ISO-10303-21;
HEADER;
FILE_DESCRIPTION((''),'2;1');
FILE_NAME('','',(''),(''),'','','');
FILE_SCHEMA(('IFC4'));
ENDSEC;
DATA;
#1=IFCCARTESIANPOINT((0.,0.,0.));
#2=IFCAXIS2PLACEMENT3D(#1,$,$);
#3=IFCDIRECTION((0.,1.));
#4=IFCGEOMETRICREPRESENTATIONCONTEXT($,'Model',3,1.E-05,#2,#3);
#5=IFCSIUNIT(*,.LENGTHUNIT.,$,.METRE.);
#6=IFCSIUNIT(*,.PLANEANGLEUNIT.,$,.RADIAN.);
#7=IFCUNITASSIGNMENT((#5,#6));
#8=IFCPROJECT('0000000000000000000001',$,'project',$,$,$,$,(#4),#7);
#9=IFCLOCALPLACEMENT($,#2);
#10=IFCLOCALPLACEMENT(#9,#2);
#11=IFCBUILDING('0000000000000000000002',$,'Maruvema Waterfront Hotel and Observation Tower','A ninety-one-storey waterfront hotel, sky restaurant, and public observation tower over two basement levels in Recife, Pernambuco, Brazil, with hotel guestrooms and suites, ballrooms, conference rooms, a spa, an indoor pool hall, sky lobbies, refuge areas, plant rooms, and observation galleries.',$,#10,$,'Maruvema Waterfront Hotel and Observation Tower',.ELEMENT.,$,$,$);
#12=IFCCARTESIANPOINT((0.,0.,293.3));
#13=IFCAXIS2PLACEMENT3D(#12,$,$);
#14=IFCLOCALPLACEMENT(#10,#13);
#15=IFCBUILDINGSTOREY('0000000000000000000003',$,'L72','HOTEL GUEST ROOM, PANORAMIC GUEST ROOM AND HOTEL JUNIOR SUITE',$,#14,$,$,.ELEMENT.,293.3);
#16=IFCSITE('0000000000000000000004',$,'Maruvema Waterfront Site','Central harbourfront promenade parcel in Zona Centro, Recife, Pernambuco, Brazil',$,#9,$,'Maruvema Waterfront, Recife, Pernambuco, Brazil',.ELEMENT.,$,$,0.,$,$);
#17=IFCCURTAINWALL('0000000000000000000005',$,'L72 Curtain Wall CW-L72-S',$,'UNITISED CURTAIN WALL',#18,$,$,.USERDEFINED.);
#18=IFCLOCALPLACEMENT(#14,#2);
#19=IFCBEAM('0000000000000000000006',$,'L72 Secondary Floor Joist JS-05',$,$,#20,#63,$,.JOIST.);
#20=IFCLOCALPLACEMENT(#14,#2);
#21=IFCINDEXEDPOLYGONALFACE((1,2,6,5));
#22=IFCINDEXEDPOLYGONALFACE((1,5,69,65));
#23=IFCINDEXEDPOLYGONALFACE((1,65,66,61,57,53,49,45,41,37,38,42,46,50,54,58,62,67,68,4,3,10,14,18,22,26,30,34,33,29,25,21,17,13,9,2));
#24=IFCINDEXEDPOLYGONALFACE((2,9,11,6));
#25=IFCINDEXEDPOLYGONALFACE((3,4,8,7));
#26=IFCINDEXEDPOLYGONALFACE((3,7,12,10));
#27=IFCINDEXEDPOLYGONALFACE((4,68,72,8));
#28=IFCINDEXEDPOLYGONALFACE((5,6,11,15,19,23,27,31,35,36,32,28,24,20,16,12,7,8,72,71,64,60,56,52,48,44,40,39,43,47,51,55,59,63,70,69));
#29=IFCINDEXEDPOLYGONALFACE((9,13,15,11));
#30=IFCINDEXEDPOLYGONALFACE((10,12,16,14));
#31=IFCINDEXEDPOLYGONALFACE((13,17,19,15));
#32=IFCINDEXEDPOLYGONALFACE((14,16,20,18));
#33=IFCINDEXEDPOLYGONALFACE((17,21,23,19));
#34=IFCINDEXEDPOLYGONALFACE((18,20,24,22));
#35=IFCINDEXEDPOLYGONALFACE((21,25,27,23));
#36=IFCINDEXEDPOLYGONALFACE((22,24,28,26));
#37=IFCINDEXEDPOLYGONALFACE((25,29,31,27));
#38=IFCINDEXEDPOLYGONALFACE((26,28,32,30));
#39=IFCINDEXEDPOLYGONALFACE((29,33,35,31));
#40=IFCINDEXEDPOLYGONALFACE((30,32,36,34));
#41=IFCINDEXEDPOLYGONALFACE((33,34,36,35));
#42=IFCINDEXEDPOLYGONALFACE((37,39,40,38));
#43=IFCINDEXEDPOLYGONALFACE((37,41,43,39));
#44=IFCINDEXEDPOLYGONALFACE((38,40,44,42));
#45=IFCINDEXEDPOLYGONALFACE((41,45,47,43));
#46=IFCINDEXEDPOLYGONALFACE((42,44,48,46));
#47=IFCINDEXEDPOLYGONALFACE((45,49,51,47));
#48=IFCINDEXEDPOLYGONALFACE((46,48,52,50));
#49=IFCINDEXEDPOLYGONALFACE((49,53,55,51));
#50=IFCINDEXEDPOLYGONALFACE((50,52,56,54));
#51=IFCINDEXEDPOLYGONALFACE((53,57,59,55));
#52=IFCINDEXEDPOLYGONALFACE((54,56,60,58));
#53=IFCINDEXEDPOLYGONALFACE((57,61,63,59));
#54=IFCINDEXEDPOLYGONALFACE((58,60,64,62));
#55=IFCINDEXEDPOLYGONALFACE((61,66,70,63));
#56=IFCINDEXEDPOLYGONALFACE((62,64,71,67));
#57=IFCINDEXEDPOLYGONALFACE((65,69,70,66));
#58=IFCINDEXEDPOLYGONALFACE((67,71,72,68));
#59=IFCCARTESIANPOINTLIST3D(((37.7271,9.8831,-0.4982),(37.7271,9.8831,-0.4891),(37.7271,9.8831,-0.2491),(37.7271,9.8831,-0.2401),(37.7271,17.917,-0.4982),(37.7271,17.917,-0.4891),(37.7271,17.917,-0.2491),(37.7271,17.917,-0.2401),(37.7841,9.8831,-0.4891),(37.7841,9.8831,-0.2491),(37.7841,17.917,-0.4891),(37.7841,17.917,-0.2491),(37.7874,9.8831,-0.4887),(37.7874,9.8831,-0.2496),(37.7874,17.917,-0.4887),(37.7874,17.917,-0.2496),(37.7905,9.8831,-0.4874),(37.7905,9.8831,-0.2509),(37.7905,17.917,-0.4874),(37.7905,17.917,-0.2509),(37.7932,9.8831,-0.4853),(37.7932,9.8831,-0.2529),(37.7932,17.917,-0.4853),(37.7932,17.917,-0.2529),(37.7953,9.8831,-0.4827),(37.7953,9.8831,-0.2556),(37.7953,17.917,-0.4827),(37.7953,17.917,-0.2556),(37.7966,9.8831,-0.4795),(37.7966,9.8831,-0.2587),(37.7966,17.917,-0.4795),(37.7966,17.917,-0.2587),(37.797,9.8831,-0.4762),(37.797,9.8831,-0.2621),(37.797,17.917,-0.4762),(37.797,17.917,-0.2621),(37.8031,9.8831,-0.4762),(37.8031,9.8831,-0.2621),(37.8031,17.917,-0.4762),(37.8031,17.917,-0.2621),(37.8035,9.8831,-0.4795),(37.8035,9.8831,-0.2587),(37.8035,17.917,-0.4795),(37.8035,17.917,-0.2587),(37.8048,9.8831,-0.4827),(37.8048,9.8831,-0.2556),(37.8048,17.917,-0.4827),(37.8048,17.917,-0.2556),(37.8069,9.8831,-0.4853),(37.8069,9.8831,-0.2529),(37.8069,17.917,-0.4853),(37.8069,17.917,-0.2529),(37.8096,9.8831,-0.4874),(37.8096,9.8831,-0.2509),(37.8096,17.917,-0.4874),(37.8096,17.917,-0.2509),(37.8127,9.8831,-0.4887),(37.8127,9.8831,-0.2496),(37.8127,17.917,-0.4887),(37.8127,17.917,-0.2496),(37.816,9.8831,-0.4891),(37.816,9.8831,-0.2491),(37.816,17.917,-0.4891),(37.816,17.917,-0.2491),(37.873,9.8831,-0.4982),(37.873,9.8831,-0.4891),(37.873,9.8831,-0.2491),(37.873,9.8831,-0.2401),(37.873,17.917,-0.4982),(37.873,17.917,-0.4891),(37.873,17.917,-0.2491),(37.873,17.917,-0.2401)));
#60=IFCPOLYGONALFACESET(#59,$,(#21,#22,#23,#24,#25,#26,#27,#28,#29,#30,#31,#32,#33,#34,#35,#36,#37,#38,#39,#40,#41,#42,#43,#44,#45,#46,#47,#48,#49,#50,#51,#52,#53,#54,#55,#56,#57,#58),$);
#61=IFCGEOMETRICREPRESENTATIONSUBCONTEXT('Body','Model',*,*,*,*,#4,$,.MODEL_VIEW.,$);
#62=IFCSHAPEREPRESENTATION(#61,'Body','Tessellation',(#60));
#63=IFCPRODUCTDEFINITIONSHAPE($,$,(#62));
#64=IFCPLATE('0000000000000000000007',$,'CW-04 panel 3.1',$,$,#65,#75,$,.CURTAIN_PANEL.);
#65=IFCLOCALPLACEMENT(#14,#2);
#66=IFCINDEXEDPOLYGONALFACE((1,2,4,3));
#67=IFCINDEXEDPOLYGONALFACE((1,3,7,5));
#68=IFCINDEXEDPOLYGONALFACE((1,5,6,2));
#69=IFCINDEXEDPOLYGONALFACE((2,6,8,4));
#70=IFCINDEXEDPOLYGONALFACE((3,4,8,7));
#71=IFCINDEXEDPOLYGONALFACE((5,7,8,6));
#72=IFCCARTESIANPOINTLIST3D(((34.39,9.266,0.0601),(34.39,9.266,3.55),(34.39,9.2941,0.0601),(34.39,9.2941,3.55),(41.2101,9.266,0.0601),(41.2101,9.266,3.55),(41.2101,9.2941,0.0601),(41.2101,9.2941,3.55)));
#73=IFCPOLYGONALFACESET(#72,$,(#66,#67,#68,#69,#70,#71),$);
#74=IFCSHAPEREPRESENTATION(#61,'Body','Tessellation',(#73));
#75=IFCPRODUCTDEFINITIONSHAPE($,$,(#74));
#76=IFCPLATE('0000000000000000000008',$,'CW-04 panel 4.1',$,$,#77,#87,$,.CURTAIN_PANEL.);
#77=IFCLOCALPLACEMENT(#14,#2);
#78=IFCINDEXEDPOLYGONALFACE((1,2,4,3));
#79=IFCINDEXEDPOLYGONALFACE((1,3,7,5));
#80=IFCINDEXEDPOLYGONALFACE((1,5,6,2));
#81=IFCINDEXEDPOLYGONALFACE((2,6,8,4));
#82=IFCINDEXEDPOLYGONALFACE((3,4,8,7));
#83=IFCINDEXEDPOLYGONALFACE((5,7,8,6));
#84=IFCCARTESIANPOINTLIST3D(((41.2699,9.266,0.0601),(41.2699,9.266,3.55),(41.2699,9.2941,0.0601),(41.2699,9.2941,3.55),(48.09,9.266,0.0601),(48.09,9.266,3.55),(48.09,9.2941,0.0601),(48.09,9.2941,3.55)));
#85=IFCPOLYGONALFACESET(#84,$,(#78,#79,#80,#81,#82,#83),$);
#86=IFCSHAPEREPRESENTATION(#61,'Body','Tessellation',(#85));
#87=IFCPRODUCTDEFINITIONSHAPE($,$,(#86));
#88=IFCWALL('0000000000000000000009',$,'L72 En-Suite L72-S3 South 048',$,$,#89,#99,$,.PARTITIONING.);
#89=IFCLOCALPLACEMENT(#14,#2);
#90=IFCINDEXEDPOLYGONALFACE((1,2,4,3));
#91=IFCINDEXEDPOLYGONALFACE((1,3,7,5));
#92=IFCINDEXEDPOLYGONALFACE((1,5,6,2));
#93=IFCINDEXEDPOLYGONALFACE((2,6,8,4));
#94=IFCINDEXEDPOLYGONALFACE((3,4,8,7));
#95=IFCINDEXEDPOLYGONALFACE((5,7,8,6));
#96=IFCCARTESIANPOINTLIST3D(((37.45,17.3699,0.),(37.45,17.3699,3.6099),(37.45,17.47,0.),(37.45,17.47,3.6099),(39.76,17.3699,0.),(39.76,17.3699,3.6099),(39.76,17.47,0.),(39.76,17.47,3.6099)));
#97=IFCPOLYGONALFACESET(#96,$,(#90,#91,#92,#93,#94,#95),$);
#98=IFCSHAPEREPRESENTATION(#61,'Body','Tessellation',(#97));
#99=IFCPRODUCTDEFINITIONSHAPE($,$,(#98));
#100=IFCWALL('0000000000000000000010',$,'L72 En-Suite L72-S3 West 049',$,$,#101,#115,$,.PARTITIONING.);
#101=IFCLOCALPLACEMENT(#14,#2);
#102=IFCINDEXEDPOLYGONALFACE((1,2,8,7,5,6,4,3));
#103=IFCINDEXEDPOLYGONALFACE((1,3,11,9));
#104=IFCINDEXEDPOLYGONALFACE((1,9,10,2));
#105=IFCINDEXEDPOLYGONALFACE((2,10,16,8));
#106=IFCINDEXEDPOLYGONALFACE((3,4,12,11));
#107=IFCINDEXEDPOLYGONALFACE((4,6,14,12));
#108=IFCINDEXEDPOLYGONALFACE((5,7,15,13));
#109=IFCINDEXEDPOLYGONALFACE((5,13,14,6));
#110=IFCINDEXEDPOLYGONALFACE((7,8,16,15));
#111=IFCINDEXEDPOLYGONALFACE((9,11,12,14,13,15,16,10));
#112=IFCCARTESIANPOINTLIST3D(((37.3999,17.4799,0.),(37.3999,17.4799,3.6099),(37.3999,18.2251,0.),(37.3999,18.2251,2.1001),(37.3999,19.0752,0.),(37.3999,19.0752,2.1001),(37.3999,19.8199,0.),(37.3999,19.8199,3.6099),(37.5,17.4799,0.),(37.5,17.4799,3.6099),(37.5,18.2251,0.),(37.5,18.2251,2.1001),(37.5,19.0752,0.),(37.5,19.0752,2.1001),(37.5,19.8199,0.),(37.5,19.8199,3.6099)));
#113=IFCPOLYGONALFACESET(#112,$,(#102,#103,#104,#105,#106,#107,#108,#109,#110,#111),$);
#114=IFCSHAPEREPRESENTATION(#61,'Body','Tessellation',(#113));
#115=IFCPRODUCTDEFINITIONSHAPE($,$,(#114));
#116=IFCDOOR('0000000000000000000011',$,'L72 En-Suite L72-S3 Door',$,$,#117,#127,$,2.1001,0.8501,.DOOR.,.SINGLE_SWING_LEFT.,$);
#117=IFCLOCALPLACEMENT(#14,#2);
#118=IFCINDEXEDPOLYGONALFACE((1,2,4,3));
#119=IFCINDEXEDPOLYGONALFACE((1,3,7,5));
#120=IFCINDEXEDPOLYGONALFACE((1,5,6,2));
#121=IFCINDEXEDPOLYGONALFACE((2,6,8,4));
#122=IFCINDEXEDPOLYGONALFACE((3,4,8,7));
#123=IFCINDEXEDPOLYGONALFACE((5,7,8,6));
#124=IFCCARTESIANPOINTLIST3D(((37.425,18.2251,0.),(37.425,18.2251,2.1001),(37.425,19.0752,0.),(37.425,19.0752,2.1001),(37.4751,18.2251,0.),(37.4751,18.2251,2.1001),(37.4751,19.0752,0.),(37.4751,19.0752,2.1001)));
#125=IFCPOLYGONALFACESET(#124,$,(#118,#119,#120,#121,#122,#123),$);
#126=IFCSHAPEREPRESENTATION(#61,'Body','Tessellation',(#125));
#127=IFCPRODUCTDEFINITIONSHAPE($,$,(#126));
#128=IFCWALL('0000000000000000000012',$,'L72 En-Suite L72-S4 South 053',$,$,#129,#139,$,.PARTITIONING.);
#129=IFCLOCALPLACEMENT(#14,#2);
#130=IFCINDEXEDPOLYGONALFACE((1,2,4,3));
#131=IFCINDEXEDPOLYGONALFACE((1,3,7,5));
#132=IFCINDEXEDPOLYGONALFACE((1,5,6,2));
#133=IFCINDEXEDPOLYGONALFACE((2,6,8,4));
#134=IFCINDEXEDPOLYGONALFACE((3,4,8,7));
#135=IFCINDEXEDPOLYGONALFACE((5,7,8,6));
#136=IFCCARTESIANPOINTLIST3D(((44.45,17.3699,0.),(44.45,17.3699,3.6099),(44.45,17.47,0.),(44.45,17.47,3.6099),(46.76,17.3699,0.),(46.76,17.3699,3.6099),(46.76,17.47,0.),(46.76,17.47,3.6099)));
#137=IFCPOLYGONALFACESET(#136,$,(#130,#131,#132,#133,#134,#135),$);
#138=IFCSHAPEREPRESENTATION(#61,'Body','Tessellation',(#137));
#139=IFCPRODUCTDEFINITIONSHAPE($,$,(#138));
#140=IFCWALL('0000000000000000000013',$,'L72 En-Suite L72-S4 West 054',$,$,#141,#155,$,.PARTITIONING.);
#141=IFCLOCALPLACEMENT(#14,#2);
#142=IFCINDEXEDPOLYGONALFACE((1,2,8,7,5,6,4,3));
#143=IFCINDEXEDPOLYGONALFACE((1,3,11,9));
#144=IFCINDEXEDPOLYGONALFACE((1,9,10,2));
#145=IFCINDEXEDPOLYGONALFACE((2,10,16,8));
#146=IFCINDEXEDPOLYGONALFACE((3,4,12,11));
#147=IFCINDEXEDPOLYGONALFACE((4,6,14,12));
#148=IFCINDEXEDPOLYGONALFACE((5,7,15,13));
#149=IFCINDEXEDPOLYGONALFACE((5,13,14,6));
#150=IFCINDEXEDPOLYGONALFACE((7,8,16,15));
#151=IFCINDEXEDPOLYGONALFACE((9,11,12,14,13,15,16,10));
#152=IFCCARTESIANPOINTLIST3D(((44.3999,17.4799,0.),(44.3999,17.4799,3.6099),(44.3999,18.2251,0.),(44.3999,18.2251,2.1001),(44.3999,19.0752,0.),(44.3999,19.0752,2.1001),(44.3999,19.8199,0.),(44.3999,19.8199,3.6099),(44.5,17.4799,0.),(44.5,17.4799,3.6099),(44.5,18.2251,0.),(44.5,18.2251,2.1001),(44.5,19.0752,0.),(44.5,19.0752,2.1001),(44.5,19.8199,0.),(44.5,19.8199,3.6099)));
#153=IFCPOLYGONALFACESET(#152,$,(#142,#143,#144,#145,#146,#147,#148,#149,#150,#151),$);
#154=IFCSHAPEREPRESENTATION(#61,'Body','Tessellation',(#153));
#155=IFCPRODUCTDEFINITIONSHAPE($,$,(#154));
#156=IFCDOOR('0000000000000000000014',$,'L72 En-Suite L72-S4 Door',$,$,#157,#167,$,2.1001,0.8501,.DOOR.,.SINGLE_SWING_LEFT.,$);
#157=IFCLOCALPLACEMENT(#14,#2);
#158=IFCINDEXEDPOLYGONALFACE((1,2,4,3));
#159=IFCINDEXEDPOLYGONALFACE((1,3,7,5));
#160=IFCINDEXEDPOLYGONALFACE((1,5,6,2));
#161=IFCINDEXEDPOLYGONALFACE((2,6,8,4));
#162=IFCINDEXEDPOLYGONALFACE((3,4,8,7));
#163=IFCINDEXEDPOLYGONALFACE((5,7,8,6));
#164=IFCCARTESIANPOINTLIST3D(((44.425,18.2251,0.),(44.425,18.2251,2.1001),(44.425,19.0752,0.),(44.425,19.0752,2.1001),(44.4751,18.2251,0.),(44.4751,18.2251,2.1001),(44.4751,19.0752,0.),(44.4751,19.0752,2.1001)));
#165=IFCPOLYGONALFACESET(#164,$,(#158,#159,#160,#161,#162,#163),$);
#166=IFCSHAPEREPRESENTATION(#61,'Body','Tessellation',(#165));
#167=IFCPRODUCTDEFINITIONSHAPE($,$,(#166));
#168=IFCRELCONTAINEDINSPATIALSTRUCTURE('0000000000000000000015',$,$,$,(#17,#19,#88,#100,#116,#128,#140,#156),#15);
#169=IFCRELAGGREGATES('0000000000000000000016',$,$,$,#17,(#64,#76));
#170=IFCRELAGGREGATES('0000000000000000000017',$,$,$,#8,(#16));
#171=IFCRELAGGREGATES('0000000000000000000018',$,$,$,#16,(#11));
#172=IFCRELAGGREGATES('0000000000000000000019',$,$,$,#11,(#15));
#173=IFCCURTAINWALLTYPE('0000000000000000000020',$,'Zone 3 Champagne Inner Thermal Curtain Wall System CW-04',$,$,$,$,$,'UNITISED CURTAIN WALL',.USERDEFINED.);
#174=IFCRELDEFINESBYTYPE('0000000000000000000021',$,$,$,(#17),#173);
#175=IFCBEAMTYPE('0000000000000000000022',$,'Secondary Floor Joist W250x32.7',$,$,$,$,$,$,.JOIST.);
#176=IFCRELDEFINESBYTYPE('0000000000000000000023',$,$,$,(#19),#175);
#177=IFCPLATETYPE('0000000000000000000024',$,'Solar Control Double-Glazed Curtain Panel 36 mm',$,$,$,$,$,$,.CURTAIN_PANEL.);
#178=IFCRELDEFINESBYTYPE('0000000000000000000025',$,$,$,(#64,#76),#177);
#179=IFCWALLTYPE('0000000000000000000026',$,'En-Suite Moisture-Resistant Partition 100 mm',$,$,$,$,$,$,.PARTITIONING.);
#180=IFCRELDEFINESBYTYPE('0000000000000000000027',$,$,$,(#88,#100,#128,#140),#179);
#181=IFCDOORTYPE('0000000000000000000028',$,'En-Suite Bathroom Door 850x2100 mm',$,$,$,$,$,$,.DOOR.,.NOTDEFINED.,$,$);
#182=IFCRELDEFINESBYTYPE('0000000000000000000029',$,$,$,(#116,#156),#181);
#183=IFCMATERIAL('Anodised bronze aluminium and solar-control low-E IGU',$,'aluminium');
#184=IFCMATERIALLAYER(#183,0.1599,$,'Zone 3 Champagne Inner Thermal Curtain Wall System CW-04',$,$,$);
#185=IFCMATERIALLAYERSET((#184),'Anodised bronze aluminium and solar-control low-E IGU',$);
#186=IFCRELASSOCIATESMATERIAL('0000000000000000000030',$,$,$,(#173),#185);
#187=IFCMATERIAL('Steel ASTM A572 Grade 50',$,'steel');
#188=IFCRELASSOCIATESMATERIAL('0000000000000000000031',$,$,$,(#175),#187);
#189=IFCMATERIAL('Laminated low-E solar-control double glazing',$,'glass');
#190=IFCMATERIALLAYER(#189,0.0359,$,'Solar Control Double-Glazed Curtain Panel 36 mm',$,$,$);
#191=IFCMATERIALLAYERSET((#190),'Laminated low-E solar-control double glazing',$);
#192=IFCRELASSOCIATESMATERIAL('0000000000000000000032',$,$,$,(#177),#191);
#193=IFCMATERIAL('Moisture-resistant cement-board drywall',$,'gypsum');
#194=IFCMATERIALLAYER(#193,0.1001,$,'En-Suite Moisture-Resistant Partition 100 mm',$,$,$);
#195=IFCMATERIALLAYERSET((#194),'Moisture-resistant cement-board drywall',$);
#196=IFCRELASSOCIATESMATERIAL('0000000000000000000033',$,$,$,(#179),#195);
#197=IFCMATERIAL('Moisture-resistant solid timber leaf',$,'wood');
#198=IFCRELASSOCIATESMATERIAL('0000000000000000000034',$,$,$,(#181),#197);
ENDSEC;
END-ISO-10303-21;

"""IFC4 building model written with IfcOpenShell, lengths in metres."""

from ifc_helpers import new_model, si_unit, direction, frame, frame_2d, origin, origin_2d, place, context, subcontext, project, spatial, rectangle, i_section, extrude, material, layer, layer_set, material_profile, profile_set, type_object, element, fill, aggregate, save


model = new_model("IFC4")

# Units and contexts
model_context = context("Model", 3, precision=1e-05, world=origin(), true_north=direction((0.0, 1.0)))
body_context = subcontext(model_context, "Body", "Model", "MODEL_VIEW")
ifc_project = project(units=[si_unit("LENGTHUNIT", "METRE"), si_unit("PLANEANGLEUNIT", "RADIAN")], contexts=[model_context])

# Site, building, storey
site_placement = place(None, origin())
site = spatial("IfcSite", under=ifc_project, at=site_placement, Name="Maruvema Waterfront Site", Description="Central harbourfront promenade parcel in Zona Centro, Recife, Pernambuco, Brazil", LongName="Maruvema Waterfront, Recife, Pernambuco, Brazil", CompositionType="ELEMENT", RefElevation=0.0)
building_placement = place(site_placement, origin())
building = spatial("IfcBuilding", under=site, at=building_placement, Name="Maruvema Waterfront Hotel and Observation Tower", Description="A ninety-one-storey waterfront hotel, sky restaurant, and public observation tower over two basement levels in Recife, Pernambuco, Brazil, with hotel guestrooms and suites, ballrooms, conference rooms, a spa, an indoor pool hall, sky lobbies, refuge areas, plant rooms, and observation galleries.", LongName="Maruvema Waterfront Hotel and Observation Tower", CompositionType="ELEMENT")
storey_placement = place(building_placement, frame((0.0, 0.0, 293.3)))
storey = spatial("IfcBuildingStorey", under=building, at=storey_placement, Name="L72", Description="HOTEL GUEST ROOM, PANORAMIC GUEST ROOM AND HOTEL JUNIOR SUITE", CompositionType="ELEMENT", Elevation=293.3)

# Curtain wall
ifc_material_1 = material(Name="Anodised bronze aluminium and solar-control low-E IGU", Category="aluminium")
ifc_layer_1 = layer(ifc_material_1, 0.1599, Name="Zone 3 Champagne Inner Thermal Curtain Wall System CW-04")
ifc_layer_set_1 = layer_set([ifc_layer_1], Name="Anodised bronze aluminium and solar-control low-E IGU")
curtain_wall_type = type_object("IfcCurtainWallType", Name="Zone 3 Champagne Inner Thermal Curtain Wall System CW-04", ElementType="UNITISED CURTAIN WALL", PredefinedType="USERDEFINED", material=ifc_layer_set_1)
curtain_wall_placement = place(storey_placement, origin())
curtain_wall = element("IfcCurtainWall", 1, at=curtain_wall_placement, inside=storey, type_object=curtain_wall_type, Name="L72 Curtain Wall CW-L72-S", ObjectType="UNITISED CURTAIN WALL", PredefinedType="USERDEFINED")

# Beam
ifc_material_2 = material(Name="Steel ASTM A572 Grade 50", Category="steel")
ifc_material_profile_1 = material_profile(ifc_material_2, i_section(OverallWidth=0.146, OverallDepth=0.2581, WebThickness=0.0061, FlangeThickness=0.009, FilletRadius=0.0129, at=origin_2d()), Name="W250x32.7")
ifc_profile_set_1 = profile_set([ifc_material_profile_1], Name="Steel ASTM A572 Grade 50")
beam_type_1 = type_object("IfcBeamType", Name="Secondary Floor Joist W250x32.7", PredefinedType="JOIST", material=ifc_profile_set_1)
beam_1_placement = place(storey_placement, frame((37.8, 9.8831, -0.3691), z_axis=(0.0, 1.0, 0.0), x_axis=(-1.0, 0.0, 0.0)))
element("IfcBeam", 2, at=beam_1_placement, inside=storey, type_object=beam_type_1, Name="L72 Secondary Floor Joist JS-05", PredefinedType="JOIST", context=body_context, shape_type="SweptSolid", body=[
    extrude(i_section(OverallWidth=0.146, OverallDepth=0.2581, WebThickness=0.0061, FlangeThickness=0.009, FilletRadius=0.0129, at=origin_2d()), origin(), (0.0, 0.0, 1.0), 8.0339),
])

# Plates
ifc_material_3 = material(Name="Laminated low-E solar-control double glazing", Category="glass")
ifc_layer_2 = layer(ifc_material_3, 0.0359, Name="Solar Control Double-Glazed Curtain Panel 36 mm")
ifc_layer_set_2 = layer_set([ifc_layer_2], Name="Laminated low-E solar-control double glazing")
plate_type = type_object("IfcPlateType", Name="Solar Control Double-Glazed Curtain Panel 36 mm", PredefinedType="CURTAIN_PANEL", material=ifc_layer_set_2)
plate_1_placement = place(storey_placement, frame((37.8, 9.28, 0.0601), z_axis=(0.0, 0.0, 1.0), x_axis=(1.0, 0.0, 0.0)))
plate_1 = element("IfcPlate", 3, at=plate_1_placement, type_object=plate_type, Name="CW-04 panel 3.1", PredefinedType="CURTAIN_PANEL", context=body_context, shape_type="SweptSolid", body=[
    extrude(rectangle(XDim=6.8201, YDim=0.0281, at=origin_2d()), origin(), (0.0, 0.0, 1.0), 3.49),
])
plate_2_placement = place(storey_placement, frame((44.6799, 9.28, 0.0601), z_axis=(0.0, 0.0, 1.0), x_axis=(1.0, 0.0, 0.0)))
plate_2 = element("IfcPlate", 4, at=plate_2_placement, type_object=plate_type, Name="CW-04 panel 4.1", PredefinedType="CURTAIN_PANEL", context=body_context, shape_type="SweptSolid", body=[
    extrude(rectangle(XDim=6.8201, YDim=0.0281, at=origin_2d()), origin(), (0.0, 0.0, 1.0), 3.49),
])
aggregate(curtain_wall, [plate_1, plate_2])

# Wall
ifc_material_4 = material(Name="Moisture-resistant cement-board drywall", Category="gypsum")
ifc_layer_3 = layer(ifc_material_4, 0.1001, Name="En-Suite Moisture-Resistant Partition 100 mm")
ifc_layer_set_3 = layer_set([ifc_layer_3], Name="Moisture-resistant cement-board drywall")
wall_type_1 = type_object("IfcWallType", Name="En-Suite Moisture-Resistant Partition 100 mm", PredefinedType="PARTITIONING", material=ifc_layer_set_3)
wall_1_placement = place(storey_placement, frame((37.45, 17.4199, 0.0), z_axis=(0.0, 0.0, 1.0), x_axis=(1.0, 0.0, 0.0)))
element("IfcWall", 5, at=wall_1_placement, inside=storey, type_object=wall_type_1, Name="L72 En-Suite L72-S3 South 048", PredefinedType="PARTITIONING", context=body_context, shape_type="SweptSolid", body=[
    extrude(rectangle(XDim=2.3101, YDim=0.1001, at=frame_2d((1.155, 0.0))), origin(), (0.0, 0.0, 1.0), 3.6099),
])

# Wall, opening, door
wall_2_placement = place(storey_placement, frame((37.45, 17.48, 0.0), z_axis=(0.0, 0.0, 1.0), x_axis=(0.0, 1.0, 0.0)))
wall_2 = element("IfcWall", 6, at=wall_2_placement, inside=storey, type_object=wall_type_1, Name="L72 En-Suite L72-S3 West 049", PredefinedType="PARTITIONING", context=body_context, shape_type="SweptSolid", body=[
    extrude(rectangle(XDim=2.3401, YDim=0.1001, at=frame_2d((1.1699, 0.0))), origin(), (0.0, 0.0, 1.0), 3.6099),
])
opening_1_placement = place(wall_2_placement, frame((0.7451, 0.0, 0.0)))
opening_1 = element("IfcOpeningElement", 7, at=opening_1_placement, cuts=wall_2, PredefinedType="OPENING", context=body_context, shape_type="SweptSolid", body=[
    extrude(rectangle(XDim=0.8501, YDim=2.1001, at=frame_2d((0.425, 1.05))), frame((0.0, 0.0601, 0.0), z_axis=(0.0, -1.0, 0.0), x_axis=(1.0, 0.0, 0.0)), (0.0, 0.0, 1.0), 0.1201),
])
ifc_material_5 = material(Name="Moisture-resistant solid timber leaf", Category="wood")
door_type_1 = type_object("IfcDoorType", Name="En-Suite Bathroom Door 850x2100 mm", OperationType="NOTDEFINED", PredefinedType="DOOR", material=ifc_material_5)
door_1_placement = place(opening_1_placement, origin())
door_1 = element("IfcDoor", 8, at=door_1_placement, inside=storey, type_object=door_type_1, Name="L72 En-Suite L72-S3 Door", OperationType="SINGLE_SWING_LEFT", OverallHeight=2.1001, OverallWidth=0.8501, PredefinedType="DOOR", context=body_context, shape_type="SweptSolid", body=[
    extrude(rectangle(XDim=0.8501, YDim=2.1001, at=frame_2d((0.425, 1.05))), frame((0.0, 0.0249, 0.0), z_axis=(0.0, -1.0, 0.0), x_axis=(1.0, 0.0, 0.0)), (0.0, 0.0, 1.0), 0.05),
])
fill(opening_1, door_1)

# Wall
wall_3_placement = place(storey_placement, frame((44.45, 17.4199, 0.0), z_axis=(0.0, 0.0, 1.0), x_axis=(1.0, 0.0, 0.0)))
element("IfcWall", 9, at=wall_3_placement, inside=storey, type_object=wall_type_1, Name="L72 En-Suite L72-S4 South 053", PredefinedType="PARTITIONING", context=body_context, shape_type="SweptSolid", body=[
    extrude(rectangle(XDim=2.3101, YDim=0.1001, at=frame_2d((1.155, 0.0))), origin(), (0.0, 0.0, 1.0), 3.6099),
])

# Wall, opening, door
wall_4_placement = place(storey_placement, frame((44.45, 17.48, 0.0), z_axis=(0.0, 0.0, 1.0), x_axis=(0.0, 1.0, 0.0)))
wall_4 = element("IfcWall", 10, at=wall_4_placement, inside=storey, type_object=wall_type_1, Name="L72 En-Suite L72-S4 West 054", PredefinedType="PARTITIONING", context=body_context, shape_type="SweptSolid", body=[
    extrude(rectangle(XDim=2.3401, YDim=0.1001, at=frame_2d((1.1699, 0.0))), origin(), (0.0, 0.0, 1.0), 3.6099),
])
opening_2_placement = place(wall_4_placement, frame((0.7451, 0.0, 0.0)))
opening_2 = element("IfcOpeningElement", 11, at=opening_2_placement, cuts=wall_4, PredefinedType="OPENING", context=body_context, shape_type="SweptSolid", body=[
    extrude(rectangle(XDim=0.8501, YDim=2.1001, at=frame_2d((0.425, 1.05))), frame((0.0, 0.0601, 0.0), z_axis=(0.0, -1.0, 0.0), x_axis=(1.0, 0.0, 0.0)), (0.0, 0.0, 1.0), 0.1201),
])
door_2_placement = place(opening_2_placement, origin())
door_2 = element("IfcDoor", 12, at=door_2_placement, inside=storey, type_object=door_type_1, Name="L72 En-Suite L72-S4 Door", OperationType="SINGLE_SWING_LEFT", OverallHeight=2.1001, OverallWidth=0.8501, PredefinedType="DOOR", context=body_context, shape_type="SweptSolid", body=[
    extrude(rectangle(XDim=0.8501, YDim=2.1001, at=frame_2d((0.425, 1.05))), frame((0.0, 0.0249, 0.0), z_axis=(0.0, -1.0, 0.0), x_axis=(1.0, 0.0, 0.0)), (0.0, 0.0, 1.0), 0.05),
])
fill(opening_2, door_2)

save(model, "model.ifc")
